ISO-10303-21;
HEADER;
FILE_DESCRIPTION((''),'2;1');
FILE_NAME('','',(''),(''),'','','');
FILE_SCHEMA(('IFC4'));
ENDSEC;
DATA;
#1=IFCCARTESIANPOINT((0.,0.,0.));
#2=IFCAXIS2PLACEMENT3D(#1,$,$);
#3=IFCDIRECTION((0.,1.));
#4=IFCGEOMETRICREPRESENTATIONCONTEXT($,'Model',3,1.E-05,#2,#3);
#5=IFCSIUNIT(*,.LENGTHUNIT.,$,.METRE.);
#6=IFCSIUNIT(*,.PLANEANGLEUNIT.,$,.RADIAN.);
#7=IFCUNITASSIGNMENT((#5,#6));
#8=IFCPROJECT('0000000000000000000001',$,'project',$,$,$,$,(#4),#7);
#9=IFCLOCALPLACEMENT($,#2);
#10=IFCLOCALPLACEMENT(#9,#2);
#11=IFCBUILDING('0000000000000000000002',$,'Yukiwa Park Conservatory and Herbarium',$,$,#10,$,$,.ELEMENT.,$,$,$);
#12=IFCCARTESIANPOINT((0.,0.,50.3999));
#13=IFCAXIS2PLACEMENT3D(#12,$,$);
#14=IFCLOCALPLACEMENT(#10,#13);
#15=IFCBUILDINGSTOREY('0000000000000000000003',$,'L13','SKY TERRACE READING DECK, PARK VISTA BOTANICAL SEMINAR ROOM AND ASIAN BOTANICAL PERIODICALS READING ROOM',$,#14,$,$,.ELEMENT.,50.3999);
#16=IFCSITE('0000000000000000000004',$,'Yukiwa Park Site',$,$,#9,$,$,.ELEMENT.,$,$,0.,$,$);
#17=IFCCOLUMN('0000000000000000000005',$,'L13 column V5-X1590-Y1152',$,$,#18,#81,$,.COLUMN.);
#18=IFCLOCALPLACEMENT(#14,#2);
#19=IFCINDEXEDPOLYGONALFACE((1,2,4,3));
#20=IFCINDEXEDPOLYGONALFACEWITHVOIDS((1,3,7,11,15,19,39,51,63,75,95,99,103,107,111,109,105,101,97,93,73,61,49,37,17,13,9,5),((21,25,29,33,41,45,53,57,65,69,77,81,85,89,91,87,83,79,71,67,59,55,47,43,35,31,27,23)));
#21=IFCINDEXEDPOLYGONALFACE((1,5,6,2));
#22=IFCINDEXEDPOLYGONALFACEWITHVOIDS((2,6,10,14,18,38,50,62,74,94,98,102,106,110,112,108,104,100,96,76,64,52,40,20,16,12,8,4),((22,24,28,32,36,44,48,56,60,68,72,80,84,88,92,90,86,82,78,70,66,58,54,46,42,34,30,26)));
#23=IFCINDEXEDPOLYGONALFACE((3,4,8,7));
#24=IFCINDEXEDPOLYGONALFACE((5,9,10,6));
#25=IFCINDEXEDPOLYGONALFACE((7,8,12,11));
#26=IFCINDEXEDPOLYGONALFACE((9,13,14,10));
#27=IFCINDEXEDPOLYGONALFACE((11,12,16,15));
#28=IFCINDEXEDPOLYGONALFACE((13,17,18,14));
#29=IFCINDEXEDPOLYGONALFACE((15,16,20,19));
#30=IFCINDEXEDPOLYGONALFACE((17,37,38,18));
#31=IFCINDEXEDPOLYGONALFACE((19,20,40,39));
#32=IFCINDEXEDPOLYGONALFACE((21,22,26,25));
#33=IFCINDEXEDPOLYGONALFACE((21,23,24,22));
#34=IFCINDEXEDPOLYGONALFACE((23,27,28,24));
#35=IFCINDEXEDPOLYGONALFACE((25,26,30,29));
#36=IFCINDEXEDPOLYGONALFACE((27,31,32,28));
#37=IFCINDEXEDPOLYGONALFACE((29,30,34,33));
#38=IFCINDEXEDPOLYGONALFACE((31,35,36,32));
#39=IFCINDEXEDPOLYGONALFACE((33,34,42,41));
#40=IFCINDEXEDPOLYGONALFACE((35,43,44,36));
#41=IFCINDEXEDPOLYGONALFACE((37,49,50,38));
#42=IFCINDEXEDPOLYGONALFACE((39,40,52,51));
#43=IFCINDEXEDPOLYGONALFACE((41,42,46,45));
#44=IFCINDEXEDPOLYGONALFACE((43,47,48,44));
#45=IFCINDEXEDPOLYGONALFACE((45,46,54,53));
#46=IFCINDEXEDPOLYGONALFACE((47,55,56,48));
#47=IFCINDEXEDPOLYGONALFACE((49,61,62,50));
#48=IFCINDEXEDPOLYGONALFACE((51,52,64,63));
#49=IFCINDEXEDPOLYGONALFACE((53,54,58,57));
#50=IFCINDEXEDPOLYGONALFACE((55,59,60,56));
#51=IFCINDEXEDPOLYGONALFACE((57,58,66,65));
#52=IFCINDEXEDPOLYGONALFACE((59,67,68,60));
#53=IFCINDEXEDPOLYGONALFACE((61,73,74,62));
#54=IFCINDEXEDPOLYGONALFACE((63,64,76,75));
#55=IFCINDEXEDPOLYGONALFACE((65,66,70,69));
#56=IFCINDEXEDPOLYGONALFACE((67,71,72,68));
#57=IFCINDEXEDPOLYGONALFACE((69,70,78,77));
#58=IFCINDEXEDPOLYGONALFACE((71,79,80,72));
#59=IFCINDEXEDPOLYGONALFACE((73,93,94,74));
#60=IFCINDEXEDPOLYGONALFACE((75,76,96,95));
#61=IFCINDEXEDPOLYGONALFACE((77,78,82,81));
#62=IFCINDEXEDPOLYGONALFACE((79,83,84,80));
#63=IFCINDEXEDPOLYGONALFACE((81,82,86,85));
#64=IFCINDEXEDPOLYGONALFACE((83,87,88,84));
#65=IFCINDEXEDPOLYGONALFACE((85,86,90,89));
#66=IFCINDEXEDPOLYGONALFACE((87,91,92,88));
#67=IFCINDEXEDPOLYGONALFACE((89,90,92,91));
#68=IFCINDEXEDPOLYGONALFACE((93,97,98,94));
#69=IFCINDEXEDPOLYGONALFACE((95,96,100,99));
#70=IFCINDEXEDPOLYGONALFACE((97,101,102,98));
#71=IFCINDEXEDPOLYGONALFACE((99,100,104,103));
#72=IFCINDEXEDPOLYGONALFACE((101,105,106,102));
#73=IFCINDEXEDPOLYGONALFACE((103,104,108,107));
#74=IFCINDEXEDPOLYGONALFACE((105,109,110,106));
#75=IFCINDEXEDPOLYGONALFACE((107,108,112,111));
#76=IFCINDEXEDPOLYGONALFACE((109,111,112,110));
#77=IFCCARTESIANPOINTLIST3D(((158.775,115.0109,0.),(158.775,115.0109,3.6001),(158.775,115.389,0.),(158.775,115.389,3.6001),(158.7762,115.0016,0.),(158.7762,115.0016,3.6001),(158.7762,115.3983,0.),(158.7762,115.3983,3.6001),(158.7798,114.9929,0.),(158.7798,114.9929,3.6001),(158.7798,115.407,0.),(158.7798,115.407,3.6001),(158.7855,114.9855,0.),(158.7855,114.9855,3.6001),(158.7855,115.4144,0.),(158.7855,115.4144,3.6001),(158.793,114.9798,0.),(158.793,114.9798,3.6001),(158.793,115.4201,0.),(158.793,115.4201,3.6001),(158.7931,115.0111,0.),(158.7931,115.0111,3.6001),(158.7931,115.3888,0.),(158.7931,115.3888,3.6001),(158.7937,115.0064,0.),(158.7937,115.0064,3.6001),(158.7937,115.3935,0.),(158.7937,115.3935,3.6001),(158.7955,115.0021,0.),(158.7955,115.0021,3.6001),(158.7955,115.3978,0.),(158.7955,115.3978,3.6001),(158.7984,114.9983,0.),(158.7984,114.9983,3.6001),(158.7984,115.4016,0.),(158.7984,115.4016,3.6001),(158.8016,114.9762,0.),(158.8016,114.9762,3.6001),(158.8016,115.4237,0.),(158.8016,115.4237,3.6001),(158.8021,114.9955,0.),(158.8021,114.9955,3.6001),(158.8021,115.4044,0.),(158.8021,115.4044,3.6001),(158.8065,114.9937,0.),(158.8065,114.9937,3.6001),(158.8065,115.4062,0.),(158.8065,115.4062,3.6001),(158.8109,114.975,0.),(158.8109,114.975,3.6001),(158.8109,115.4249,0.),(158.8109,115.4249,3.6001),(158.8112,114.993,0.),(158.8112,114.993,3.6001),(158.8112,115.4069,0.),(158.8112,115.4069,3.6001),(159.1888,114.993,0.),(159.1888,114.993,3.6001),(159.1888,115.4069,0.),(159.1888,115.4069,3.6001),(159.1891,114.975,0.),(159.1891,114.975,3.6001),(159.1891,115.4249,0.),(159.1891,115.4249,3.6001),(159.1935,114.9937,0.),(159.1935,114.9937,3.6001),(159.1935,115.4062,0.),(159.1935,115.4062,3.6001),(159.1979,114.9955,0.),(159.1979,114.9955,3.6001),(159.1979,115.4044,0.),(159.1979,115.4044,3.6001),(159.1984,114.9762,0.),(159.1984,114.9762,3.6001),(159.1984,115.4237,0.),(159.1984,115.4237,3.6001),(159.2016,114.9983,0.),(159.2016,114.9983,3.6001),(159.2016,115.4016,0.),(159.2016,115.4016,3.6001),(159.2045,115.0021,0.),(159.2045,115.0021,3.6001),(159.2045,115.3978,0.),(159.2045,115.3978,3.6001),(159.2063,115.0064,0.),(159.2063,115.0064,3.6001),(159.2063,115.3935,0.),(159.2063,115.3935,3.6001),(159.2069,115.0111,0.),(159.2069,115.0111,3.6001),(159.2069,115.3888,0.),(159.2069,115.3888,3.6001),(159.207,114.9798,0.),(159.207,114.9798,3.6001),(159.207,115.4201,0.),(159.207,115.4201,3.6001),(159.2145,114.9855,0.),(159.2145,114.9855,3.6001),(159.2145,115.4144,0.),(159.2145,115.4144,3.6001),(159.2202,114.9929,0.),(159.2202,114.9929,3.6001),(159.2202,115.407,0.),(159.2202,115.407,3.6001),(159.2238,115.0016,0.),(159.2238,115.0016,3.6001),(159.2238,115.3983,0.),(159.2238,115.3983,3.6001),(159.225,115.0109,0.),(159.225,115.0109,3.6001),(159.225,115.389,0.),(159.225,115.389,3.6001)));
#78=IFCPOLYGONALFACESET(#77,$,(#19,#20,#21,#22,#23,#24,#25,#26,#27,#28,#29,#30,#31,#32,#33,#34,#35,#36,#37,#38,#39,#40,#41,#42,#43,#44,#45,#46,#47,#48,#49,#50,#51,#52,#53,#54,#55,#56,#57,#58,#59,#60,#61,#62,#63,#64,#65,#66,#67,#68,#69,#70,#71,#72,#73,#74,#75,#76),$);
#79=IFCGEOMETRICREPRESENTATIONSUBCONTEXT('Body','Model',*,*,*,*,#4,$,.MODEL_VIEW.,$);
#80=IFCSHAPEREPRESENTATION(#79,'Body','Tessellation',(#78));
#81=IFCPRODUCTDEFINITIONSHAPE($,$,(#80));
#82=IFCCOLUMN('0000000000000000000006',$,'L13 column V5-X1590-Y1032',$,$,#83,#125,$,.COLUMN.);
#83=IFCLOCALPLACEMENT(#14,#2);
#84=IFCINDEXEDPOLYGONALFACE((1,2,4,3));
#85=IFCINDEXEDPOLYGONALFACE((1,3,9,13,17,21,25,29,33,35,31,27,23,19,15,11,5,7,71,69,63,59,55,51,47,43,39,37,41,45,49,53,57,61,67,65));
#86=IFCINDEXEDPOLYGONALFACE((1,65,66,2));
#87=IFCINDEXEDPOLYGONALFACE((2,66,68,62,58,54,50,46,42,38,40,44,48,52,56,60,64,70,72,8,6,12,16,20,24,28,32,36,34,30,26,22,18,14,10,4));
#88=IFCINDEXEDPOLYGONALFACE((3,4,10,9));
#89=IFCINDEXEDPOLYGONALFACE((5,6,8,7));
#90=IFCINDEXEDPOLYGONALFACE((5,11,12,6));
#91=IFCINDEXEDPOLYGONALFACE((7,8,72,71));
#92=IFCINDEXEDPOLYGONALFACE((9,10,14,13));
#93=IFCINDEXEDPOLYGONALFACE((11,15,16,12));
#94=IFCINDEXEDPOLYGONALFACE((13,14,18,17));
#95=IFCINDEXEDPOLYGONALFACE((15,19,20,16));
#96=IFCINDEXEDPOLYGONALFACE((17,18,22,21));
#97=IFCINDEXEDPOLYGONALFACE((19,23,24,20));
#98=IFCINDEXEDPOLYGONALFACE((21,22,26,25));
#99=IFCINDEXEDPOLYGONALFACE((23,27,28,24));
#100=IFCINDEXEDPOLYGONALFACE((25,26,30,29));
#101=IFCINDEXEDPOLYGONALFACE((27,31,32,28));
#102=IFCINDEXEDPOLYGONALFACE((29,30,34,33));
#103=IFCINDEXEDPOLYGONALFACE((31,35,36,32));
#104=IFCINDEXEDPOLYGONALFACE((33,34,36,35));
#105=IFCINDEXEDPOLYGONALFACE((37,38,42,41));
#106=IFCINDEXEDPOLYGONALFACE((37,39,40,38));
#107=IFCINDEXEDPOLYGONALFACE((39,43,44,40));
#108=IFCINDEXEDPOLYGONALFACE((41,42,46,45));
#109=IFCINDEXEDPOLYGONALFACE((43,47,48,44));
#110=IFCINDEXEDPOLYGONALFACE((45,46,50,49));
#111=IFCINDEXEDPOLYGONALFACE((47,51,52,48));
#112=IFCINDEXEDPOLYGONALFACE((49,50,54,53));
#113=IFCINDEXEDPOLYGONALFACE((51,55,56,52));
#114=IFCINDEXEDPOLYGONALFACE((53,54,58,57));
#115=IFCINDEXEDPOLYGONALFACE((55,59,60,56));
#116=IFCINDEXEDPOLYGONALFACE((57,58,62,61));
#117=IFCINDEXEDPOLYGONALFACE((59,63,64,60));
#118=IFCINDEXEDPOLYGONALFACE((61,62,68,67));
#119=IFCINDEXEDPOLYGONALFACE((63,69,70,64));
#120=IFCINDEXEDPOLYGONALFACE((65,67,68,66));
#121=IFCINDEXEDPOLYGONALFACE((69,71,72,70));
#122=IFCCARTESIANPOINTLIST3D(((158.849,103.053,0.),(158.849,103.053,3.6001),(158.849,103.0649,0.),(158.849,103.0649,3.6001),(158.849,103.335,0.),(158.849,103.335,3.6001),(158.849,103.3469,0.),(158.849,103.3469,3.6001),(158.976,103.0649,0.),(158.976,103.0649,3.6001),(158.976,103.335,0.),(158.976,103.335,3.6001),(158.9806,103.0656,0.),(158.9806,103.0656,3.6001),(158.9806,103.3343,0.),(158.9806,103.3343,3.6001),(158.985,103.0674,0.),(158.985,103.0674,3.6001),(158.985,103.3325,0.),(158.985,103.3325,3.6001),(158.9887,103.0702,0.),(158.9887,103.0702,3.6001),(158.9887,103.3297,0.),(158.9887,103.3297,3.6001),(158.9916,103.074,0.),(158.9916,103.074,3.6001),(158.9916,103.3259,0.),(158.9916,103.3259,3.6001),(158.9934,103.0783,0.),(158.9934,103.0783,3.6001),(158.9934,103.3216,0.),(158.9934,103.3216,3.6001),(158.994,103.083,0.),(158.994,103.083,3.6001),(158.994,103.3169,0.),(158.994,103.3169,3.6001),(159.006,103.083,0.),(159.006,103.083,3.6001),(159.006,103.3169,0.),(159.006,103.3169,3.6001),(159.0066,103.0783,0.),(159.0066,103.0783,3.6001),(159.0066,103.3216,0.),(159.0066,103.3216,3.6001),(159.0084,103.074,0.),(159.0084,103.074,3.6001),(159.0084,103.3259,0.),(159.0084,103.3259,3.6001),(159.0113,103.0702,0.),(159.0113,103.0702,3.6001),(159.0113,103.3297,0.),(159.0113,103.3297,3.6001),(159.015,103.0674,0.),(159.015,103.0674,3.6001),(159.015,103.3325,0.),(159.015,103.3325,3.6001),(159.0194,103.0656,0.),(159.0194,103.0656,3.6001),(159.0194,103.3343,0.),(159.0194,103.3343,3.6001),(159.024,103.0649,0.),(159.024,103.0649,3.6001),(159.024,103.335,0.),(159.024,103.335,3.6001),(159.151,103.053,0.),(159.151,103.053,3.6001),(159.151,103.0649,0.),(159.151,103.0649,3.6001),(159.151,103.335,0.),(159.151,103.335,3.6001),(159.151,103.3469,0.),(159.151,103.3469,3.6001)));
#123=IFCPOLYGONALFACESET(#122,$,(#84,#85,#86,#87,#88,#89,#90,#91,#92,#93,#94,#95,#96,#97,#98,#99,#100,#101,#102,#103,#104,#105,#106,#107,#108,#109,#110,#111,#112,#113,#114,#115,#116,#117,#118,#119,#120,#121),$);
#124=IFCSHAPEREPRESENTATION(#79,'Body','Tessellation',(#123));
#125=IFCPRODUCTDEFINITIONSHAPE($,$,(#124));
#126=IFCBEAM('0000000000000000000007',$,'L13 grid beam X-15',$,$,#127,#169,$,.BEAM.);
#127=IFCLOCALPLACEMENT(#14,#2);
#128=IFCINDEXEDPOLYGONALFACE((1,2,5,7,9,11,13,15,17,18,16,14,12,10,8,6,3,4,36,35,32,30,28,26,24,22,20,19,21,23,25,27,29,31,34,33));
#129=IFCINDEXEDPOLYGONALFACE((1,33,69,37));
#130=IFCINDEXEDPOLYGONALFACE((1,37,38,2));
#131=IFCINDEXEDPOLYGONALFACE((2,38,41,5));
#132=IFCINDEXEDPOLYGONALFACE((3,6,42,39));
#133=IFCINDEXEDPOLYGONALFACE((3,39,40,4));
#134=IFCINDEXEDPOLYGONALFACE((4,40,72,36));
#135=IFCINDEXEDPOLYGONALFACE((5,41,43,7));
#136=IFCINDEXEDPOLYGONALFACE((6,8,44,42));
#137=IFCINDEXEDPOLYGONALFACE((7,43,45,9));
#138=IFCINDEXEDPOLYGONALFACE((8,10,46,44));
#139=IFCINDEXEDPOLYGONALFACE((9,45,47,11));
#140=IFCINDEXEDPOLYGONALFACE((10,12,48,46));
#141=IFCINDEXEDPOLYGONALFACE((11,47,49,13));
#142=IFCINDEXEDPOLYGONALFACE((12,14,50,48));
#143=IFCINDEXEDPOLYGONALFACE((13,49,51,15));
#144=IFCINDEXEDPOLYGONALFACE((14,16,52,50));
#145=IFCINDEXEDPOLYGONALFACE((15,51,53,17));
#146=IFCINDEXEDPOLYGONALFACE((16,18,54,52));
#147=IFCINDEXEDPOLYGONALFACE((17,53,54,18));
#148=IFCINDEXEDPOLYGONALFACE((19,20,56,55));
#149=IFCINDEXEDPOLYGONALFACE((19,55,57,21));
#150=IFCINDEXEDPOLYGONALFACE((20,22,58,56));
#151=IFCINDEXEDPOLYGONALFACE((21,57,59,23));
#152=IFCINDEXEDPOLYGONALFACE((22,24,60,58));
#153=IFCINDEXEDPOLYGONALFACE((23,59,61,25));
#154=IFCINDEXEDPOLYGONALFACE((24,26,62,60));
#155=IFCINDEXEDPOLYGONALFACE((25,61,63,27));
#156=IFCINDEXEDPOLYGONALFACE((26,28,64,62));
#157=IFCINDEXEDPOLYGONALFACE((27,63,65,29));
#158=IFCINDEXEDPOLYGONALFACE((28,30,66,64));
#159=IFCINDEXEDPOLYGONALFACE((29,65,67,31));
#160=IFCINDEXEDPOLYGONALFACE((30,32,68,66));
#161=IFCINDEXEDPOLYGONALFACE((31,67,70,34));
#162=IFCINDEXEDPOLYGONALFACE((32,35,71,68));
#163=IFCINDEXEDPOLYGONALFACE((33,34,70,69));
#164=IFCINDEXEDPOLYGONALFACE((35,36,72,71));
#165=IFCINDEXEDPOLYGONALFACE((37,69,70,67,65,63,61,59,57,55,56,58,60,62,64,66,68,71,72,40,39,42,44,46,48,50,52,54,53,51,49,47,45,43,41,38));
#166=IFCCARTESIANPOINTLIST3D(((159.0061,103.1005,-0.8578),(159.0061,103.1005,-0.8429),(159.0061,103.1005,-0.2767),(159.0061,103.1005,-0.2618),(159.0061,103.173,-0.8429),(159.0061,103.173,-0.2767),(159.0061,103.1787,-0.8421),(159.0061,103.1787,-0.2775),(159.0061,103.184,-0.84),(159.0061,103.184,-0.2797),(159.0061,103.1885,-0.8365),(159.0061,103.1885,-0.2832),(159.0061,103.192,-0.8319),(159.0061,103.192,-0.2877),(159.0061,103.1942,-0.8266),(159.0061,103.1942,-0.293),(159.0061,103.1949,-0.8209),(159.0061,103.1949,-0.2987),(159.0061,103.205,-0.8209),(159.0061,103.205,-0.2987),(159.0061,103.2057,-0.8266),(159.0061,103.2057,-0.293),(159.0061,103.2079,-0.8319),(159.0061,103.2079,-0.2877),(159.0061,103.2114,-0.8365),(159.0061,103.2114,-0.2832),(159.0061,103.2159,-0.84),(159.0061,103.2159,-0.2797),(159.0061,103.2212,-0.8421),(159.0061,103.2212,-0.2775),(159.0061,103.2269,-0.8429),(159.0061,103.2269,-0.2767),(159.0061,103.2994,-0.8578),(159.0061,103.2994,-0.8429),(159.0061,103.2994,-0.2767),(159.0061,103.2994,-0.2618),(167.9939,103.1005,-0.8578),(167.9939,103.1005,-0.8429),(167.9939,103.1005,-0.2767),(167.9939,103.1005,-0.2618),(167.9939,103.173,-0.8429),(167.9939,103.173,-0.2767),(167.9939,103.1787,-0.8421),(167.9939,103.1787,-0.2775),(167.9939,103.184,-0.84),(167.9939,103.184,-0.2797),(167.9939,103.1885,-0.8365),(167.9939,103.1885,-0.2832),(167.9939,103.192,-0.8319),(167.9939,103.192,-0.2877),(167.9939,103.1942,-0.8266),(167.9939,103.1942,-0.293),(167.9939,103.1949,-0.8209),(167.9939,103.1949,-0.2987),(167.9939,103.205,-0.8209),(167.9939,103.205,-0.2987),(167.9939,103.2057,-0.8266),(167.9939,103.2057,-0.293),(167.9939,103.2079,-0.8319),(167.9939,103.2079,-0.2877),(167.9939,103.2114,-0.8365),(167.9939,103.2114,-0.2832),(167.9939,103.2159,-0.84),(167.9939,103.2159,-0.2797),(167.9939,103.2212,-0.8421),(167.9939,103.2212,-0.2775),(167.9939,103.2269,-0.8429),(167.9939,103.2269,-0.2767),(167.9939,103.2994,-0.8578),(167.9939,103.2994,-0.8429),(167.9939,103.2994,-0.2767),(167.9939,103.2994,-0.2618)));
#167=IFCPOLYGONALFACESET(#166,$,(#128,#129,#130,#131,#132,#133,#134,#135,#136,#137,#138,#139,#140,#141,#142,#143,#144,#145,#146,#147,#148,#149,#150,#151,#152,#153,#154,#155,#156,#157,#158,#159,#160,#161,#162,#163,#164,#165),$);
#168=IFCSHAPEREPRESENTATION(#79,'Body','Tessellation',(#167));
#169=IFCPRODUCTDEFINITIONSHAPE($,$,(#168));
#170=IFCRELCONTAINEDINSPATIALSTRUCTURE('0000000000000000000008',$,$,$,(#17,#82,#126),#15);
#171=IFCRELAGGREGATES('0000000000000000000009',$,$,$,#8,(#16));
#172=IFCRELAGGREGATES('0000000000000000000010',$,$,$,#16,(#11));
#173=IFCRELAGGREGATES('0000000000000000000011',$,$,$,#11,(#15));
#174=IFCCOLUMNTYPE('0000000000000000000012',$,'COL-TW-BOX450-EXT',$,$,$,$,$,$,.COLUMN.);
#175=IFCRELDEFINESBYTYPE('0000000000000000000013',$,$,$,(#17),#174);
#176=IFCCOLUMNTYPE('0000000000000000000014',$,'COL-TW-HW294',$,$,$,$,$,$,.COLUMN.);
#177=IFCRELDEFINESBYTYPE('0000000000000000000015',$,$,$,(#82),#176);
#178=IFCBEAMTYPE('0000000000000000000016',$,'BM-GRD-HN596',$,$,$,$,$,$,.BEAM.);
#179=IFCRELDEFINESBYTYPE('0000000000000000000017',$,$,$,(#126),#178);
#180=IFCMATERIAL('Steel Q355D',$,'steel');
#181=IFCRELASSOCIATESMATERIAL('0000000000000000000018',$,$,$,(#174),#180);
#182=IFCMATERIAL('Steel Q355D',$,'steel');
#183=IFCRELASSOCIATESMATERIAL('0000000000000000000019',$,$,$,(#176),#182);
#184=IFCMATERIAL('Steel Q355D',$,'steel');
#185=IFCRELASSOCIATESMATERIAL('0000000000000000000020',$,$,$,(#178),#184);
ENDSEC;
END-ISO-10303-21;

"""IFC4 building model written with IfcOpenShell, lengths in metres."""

from ifc_helpers import new_model, si_unit, direction, frame, origin, origin_2d, place, context, subcontext, project, spatial, hollow_rectangle, i_section, extrude, material, material_profile, profile_set, type_object, element, save


model = new_model("IFC4")

# Units and contexts
model_context = context("Model", 3, precision=1e-05, world=origin(), true_north=direction((0.0, 1.0)))
body_context = subcontext(model_context, "Body", "Model", "MODEL_VIEW")
ifc_project = project(units=[si_unit("LENGTHUNIT", "METRE"), si_unit("PLANEANGLEUNIT", "RADIAN")], contexts=[model_context])

# Site, building, storey
site_placement = place(None, origin())
site = spatial("IfcSite", under=ifc_project, at=site_placement, Name="Yukiwa Park Site", CompositionType="ELEMENT", RefElevation=0.0)
building_placement = place(site_placement, origin())
building = spatial("IfcBuilding", under=site, at=building_placement, Name="Yukiwa Park Conservatory and Herbarium", CompositionType="ELEMENT")
storey_placement = place(building_placement, frame((0.0, 0.0, 50.3999)))
storey = spatial("IfcBuildingStorey", under=building, at=storey_placement, Name="L13", Description="SKY TERRACE READING DECK, PARK VISTA BOTANICAL SEMINAR ROOM AND ASIAN BOTANICAL PERIODICALS READING ROOM", CompositionType="ELEMENT", Elevation=50.3999)

# Columns
ifc_material_1 = material(Name="Steel Q355D", Category="steel")
ifc_material_profile_1 = material_profile(ifc_material_1, hollow_rectangle(XDim=0.45, YDim=0.45, WallThickness=0.0181, InnerFilletRadius=0.0181, OuterFilletRadius=0.0359, at=origin_2d()), Name="BOX 450x450x18")
ifc_profile_set_1 = profile_set([ifc_material_profile_1], Name="Steel Q355D")
column_type_1 = type_object("IfcColumnType", Name="COL-TW-BOX450-EXT", PredefinedType="COLUMN", material=ifc_profile_set_1)
column_1_placement = place(storey_placement, frame((159.0, 115.2, 0.0), z_axis=(0.0, 0.0, 1.0), x_axis=(1.0, 0.0, 0.0)))
element("IfcColumn", 1, at=column_1_placement, inside=storey, type_object=column_type_1, Name="L13 column V5-X1590-Y1152", PredefinedType="COLUMN", context=body_context, shape_type="SweptSolid", body=[
    extrude(hollow_rectangle(XDim=0.45, YDim=0.45, WallThickness=0.0181, InnerFilletRadius=0.0181, OuterFilletRadius=0.0359, at=origin_2d()), origin(), (0.0, 0.0, 1.0), 3.6001),
])
ifc_material_2 = material(Name="Steel Q355D", Category="steel")
ifc_material_profile_2 = material_profile(ifc_material_2, i_section(OverallWidth=0.302, OverallDepth=0.2939, WebThickness=0.012, FlangeThickness=0.012, FilletRadius=0.0181, at=origin_2d()), Name="HW 294x302x12x12")
ifc_profile_set_2 = profile_set([ifc_material_profile_2], Name="Steel Q355D")
column_type_2 = type_object("IfcColumnType", Name="COL-TW-HW294", PredefinedType="COLUMN", material=ifc_profile_set_2)
column_2_placement = place(storey_placement, frame((159.0, 103.2, 0.0), z_axis=(0.0, 0.0, 1.0), x_axis=(1.0, 0.0, 0.0)))
element("IfcColumn", 2, at=column_2_placement, inside=storey, type_object=column_type_2, Name="L13 column V5-X1590-Y1032", PredefinedType="COLUMN", context=body_context, shape_type="SweptSolid", body=[
    extrude(i_section(OverallWidth=0.302, OverallDepth=0.2939, WebThickness=0.012, FlangeThickness=0.012, FilletRadius=0.0181, at=origin_2d()), origin(), (0.0, 0.0, 1.0), 3.6001),
])

# Beam
ifc_material_3 = material(Name="Steel Q355D", Category="steel")
ifc_material_profile_3 = material_profile(ifc_material_3, i_section(OverallWidth=0.199, OverallDepth=0.5959, WebThickness=0.01, FlangeThickness=0.0149, FilletRadius=0.022, at=origin_2d()), Name="HN 596x199x10x15")
ifc_profile_set_3 = profile_set([ifc_material_profile_3], Name="Steel Q355D")
beam_type_1 = type_object("IfcBeamType", Name="BM-GRD-HN596", PredefinedType="BEAM", material=ifc_profile_set_3)
beam_1_placement = place(storey_placement, frame((159.0061, 103.2, -0.5598), z_axis=(1.0, 0.0, 0.0), x_axis=(0.0, 1.0, 0.0)))
element("IfcBeam", 3, at=beam_1_placement, inside=storey, type_object=beam_type_1, Name="L13 grid beam X-15", PredefinedType="BEAM", context=body_context, shape_type="SweptSolid", body=[
    extrude(i_section(OverallWidth=0.199, OverallDepth=0.5959, WebThickness=0.01, FlangeThickness=0.0149, FilletRadius=0.022, at=origin_2d()), origin(), (0.0, 0.0, 1.0), 8.9878),
])

save(model, "model.ifc")
